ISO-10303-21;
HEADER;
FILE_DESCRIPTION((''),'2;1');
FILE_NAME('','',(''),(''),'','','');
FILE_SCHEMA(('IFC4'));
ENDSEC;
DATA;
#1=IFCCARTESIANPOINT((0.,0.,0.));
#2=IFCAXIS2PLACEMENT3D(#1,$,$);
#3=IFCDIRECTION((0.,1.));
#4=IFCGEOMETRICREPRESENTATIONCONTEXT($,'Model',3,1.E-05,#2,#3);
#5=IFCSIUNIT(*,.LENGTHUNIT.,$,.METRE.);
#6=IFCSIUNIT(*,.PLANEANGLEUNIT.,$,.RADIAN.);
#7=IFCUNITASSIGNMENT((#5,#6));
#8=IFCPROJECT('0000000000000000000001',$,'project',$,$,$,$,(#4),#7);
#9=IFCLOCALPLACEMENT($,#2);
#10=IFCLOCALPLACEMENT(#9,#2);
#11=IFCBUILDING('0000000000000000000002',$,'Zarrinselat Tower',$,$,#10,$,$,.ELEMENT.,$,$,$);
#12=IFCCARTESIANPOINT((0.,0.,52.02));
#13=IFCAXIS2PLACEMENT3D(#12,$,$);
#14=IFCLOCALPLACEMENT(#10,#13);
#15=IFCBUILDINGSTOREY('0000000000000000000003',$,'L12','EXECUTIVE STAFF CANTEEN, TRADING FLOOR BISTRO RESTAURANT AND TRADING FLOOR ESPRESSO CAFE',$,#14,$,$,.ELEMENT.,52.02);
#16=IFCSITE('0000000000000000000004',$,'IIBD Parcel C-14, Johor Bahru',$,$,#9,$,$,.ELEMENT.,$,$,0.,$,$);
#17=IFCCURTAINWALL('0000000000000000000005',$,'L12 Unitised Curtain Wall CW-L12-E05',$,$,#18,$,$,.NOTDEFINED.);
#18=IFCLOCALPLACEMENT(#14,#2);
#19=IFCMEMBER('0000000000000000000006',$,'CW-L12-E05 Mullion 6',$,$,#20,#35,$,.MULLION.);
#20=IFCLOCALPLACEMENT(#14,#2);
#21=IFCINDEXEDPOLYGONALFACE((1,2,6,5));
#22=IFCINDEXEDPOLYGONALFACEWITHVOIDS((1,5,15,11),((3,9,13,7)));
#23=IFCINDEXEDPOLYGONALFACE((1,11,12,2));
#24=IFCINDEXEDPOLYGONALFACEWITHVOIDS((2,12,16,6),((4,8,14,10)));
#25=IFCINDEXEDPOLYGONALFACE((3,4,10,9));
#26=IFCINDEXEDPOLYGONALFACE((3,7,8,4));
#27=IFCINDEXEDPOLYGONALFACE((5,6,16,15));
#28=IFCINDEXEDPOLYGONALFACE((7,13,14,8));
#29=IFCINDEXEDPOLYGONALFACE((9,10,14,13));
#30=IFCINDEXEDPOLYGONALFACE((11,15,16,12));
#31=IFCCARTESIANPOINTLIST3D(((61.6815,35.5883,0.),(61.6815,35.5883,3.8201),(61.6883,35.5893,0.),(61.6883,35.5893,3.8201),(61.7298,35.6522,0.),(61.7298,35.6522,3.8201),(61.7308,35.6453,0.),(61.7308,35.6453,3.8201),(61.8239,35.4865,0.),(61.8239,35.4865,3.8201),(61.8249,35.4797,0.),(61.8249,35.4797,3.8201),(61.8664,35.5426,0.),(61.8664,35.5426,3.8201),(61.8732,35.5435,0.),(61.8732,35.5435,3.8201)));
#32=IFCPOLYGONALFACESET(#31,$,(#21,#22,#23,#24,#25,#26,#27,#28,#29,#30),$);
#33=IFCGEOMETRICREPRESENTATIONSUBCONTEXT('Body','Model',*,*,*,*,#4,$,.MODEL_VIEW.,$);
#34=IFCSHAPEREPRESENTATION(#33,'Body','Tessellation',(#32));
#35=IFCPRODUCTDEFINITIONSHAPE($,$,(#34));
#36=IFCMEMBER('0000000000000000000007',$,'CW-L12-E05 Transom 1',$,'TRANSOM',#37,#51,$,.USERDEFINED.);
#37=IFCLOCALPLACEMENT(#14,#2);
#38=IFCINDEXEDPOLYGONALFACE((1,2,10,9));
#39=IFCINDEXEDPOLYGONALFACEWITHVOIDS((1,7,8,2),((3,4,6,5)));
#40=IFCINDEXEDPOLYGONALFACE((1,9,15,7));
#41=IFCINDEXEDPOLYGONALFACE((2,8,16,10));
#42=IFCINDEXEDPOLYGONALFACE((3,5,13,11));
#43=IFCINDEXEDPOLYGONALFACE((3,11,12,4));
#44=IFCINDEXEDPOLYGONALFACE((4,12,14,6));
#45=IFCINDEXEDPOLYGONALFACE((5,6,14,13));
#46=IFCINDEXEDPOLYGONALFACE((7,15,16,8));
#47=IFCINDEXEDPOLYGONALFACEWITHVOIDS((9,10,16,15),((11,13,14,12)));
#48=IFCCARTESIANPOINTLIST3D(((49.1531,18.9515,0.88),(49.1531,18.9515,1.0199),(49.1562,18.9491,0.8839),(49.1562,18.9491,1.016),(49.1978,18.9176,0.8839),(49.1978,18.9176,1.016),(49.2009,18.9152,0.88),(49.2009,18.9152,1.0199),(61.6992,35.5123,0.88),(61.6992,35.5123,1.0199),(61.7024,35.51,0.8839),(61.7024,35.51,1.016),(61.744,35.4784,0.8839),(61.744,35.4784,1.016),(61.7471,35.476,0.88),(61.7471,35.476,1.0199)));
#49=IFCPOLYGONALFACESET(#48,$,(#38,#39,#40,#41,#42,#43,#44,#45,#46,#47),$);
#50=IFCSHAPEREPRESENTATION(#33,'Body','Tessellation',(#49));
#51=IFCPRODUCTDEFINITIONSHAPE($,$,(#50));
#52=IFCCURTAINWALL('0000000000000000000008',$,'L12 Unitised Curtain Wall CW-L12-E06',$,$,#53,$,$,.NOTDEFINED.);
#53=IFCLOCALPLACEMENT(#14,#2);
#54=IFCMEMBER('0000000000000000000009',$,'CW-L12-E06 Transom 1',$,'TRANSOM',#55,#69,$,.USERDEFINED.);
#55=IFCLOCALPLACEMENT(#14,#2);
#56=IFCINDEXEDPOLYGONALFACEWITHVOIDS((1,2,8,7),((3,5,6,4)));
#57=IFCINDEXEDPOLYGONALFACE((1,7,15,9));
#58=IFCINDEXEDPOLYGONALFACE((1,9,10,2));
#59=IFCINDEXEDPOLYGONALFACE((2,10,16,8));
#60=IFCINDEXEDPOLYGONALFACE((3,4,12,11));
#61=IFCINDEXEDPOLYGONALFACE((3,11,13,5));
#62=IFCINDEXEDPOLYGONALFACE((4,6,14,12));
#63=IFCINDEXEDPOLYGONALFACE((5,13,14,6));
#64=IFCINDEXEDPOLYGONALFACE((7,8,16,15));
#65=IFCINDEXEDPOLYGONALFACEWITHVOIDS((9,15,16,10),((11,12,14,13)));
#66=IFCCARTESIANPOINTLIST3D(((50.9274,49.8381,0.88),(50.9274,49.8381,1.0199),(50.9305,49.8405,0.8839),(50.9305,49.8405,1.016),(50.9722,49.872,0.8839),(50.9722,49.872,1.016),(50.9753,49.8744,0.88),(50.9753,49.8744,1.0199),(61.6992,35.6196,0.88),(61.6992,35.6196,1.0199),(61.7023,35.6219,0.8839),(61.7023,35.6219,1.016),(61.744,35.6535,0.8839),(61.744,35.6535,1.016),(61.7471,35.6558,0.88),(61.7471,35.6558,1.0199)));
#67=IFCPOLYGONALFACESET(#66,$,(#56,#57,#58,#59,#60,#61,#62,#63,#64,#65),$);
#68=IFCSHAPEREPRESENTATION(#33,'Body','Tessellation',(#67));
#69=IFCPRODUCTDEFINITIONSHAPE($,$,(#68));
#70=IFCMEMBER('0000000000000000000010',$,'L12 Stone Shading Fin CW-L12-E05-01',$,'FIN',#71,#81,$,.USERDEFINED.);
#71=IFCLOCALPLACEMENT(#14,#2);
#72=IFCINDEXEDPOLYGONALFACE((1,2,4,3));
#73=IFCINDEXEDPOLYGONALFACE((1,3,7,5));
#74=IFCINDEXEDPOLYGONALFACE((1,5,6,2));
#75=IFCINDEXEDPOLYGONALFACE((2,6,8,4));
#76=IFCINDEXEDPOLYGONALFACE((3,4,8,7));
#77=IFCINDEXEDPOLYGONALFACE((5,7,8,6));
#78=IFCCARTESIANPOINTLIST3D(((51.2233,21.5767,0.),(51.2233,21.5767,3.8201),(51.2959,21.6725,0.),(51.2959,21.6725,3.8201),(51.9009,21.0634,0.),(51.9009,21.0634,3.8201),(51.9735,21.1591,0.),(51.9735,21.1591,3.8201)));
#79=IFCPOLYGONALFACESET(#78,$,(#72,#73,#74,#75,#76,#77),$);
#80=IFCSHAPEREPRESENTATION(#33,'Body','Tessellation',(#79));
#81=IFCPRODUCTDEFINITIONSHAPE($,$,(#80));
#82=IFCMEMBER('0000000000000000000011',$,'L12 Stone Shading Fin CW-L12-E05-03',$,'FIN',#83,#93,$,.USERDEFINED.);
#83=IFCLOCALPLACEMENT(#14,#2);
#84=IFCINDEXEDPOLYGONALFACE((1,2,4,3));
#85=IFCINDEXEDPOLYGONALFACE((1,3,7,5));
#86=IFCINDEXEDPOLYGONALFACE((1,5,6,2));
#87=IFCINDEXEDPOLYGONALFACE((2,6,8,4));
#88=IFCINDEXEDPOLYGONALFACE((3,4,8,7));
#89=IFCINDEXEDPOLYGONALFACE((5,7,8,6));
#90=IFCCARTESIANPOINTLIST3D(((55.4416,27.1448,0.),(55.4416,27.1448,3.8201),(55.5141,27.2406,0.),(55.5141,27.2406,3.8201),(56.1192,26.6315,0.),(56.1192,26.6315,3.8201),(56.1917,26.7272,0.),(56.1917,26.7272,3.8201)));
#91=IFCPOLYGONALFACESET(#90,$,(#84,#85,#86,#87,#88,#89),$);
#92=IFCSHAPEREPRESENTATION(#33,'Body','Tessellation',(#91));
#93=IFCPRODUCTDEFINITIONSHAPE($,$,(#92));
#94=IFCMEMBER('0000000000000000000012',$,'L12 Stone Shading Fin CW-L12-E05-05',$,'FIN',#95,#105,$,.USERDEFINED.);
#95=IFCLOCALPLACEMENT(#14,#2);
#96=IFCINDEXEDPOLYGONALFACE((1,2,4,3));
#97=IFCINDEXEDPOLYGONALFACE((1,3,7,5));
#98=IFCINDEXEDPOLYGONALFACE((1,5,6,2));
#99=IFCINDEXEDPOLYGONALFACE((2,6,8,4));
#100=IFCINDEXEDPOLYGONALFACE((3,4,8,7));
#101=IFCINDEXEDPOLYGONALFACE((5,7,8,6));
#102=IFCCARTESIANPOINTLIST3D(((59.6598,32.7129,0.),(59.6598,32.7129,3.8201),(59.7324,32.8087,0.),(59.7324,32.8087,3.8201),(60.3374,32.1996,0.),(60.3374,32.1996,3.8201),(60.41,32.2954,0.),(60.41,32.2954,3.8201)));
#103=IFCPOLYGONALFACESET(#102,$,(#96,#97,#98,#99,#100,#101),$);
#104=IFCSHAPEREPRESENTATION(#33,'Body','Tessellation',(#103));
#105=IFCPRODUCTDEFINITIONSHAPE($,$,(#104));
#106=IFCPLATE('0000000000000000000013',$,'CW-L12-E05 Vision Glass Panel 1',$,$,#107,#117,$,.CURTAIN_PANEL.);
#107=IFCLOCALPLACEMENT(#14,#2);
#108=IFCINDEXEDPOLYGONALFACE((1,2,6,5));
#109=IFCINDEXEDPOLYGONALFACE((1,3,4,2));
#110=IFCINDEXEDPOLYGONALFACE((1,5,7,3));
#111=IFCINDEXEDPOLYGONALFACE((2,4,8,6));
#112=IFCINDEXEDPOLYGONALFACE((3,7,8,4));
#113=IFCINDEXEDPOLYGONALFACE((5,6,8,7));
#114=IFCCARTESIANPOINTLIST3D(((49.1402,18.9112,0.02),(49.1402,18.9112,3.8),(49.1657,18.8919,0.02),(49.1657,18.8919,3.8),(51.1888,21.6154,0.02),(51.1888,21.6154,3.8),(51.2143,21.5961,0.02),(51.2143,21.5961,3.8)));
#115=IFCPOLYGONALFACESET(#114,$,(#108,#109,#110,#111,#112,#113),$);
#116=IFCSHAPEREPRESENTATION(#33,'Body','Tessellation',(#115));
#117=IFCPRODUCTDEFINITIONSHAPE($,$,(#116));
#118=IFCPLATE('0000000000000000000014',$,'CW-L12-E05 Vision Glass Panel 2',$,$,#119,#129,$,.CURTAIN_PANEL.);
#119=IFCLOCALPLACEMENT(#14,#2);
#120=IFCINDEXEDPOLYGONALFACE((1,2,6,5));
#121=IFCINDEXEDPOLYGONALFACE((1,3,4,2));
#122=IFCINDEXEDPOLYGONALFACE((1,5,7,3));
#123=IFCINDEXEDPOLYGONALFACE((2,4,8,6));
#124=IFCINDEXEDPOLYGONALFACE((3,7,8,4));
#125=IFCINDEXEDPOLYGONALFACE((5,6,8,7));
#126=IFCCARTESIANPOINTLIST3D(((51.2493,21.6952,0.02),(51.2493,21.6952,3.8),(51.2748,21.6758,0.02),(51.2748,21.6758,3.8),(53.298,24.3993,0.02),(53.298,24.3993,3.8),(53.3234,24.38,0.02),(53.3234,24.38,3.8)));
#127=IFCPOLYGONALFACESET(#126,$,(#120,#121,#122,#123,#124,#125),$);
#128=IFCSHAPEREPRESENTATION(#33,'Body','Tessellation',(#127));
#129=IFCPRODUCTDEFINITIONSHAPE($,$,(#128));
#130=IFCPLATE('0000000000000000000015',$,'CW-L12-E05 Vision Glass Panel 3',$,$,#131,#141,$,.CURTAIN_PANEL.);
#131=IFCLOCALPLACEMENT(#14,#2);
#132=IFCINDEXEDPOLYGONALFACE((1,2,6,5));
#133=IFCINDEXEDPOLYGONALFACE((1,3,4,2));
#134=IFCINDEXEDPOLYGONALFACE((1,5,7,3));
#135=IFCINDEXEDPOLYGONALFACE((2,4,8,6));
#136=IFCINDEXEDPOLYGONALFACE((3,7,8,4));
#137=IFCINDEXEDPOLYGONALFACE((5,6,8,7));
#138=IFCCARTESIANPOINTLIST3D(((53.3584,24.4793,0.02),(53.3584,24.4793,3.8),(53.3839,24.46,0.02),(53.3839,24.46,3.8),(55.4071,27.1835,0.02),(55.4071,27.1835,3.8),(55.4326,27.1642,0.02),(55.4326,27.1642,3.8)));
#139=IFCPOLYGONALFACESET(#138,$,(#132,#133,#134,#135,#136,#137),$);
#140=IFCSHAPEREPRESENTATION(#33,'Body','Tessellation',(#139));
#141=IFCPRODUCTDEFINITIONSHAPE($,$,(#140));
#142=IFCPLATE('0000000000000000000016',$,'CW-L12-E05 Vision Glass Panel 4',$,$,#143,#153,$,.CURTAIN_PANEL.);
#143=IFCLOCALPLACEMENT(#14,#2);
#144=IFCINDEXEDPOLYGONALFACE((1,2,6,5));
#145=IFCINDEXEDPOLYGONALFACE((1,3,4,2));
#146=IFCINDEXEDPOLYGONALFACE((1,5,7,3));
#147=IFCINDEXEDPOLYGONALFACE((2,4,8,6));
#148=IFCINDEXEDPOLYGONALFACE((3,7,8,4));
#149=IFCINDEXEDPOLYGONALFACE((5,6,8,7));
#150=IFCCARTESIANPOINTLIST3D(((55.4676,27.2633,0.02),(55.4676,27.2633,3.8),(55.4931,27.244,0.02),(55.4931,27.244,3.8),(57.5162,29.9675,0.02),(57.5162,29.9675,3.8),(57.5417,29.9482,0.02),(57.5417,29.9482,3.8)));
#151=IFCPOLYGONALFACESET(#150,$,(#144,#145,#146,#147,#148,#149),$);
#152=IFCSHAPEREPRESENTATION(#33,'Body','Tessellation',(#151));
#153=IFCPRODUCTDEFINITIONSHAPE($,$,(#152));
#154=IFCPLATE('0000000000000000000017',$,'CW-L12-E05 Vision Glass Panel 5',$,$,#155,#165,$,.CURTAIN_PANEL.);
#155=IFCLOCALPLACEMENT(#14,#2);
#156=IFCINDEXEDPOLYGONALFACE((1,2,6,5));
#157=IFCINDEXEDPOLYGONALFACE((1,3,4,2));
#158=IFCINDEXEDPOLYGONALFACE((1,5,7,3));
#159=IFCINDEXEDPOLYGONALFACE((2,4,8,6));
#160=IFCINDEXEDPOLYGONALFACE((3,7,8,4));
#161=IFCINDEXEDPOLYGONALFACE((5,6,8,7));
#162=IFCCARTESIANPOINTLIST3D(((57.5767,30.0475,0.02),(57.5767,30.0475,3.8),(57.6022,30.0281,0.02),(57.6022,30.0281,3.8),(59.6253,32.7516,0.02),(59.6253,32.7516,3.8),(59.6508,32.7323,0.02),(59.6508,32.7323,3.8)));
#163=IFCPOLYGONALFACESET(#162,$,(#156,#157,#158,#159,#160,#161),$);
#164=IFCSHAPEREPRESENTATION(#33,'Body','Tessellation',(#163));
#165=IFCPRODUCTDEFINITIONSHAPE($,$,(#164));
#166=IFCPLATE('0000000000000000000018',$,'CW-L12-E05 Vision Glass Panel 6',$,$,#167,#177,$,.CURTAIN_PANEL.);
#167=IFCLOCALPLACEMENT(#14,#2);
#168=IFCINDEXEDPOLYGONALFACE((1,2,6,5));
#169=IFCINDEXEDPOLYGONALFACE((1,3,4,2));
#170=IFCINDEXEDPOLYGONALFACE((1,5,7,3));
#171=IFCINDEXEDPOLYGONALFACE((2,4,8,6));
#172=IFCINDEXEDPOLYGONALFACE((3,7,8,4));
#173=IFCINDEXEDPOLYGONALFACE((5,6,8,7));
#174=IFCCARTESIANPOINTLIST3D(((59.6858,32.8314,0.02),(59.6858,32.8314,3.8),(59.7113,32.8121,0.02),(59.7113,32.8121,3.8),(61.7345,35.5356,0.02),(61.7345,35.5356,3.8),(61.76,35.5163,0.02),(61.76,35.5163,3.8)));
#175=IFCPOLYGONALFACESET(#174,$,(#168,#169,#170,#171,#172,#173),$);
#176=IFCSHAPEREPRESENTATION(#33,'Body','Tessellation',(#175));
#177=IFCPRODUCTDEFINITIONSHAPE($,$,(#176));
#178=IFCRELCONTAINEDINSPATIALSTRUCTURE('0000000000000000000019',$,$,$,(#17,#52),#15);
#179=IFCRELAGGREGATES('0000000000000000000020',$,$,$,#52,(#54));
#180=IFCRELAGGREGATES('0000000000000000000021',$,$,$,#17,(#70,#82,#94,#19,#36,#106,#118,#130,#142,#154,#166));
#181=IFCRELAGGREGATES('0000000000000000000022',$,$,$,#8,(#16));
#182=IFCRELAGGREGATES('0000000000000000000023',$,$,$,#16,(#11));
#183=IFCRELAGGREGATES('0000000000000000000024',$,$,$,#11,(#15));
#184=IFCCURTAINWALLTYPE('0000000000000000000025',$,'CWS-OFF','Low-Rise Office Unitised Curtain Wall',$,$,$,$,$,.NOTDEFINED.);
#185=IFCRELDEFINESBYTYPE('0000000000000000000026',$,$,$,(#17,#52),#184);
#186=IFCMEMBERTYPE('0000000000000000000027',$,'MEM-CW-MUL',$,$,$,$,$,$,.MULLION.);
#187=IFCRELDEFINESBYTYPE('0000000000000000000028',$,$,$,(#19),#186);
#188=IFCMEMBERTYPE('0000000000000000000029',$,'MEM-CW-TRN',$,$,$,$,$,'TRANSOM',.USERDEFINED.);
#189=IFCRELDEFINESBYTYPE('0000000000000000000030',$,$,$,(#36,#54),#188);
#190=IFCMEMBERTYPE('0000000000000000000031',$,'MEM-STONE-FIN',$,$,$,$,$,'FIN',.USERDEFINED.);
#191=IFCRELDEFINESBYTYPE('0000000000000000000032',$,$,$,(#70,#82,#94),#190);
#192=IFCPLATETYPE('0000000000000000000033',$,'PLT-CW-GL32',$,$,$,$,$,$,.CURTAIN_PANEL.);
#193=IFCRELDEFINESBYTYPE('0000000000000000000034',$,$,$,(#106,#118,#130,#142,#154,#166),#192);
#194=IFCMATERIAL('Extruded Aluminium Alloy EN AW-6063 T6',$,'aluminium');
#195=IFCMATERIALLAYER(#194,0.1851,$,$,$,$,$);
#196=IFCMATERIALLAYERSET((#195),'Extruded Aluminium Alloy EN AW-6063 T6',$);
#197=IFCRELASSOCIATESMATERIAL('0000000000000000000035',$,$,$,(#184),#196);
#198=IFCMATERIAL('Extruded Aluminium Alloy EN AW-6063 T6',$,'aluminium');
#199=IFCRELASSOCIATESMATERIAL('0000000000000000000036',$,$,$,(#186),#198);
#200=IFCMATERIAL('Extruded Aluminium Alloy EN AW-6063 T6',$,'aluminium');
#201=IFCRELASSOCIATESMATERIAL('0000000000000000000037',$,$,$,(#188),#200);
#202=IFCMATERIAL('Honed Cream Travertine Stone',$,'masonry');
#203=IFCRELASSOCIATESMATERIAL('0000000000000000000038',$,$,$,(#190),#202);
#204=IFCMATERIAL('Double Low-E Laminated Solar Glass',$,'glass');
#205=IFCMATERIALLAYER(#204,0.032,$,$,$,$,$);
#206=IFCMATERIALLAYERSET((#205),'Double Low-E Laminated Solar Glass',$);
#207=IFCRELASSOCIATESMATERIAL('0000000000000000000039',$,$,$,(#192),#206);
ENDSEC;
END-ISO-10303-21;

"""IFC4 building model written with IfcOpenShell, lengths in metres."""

from ifc_helpers import new_model, si_unit, direction, frame, origin, origin_2d, place, context, subcontext, project, spatial, rectangle, hollow_rectangle, extrude, material, layer, layer_set, material_profile, profile_set, type_object, element, aggregate, save


model = new_model("IFC4")

# Units and contexts
model_context = context("Model", 3, precision=1e-05, world=origin(), true_north=direction((0.0, 1.0)))
body_context = subcontext(model_context, "Body", "Model", "MODEL_VIEW")
ifc_project = project(units=[si_unit("LENGTHUNIT", "METRE"), si_unit("PLANEANGLEUNIT", "RADIAN")], contexts=[model_context])

# Site, building, storey
site_placement = place(None, origin())
site = spatial("IfcSite", under=ifc_project, at=site_placement, Name="IIBD Parcel C-14, Johor Bahru", CompositionType="ELEMENT", RefElevation=0.0)
building_placement = place(site_placement, origin())
building = spatial("IfcBuilding", under=site, at=building_placement, Name="Zarrinselat Tower", CompositionType="ELEMENT")
storey_placement = place(building_placement, frame((0.0, 0.0, 52.02)))
storey = spatial("IfcBuildingStorey", under=building, at=storey_placement, Name="L12", Description="EXECUTIVE STAFF CANTEEN, TRADING FLOOR BISTRO RESTAURANT AND TRADING FLOOR ESPRESSO CAFE", CompositionType="ELEMENT", Elevation=52.02)

# Shared definitions
ifc_material_1 = material(Name="Extruded Aluminium Alloy EN AW-6063 T6", Category="aluminium")
ifc_layer_1 = layer(ifc_material_1, 0.1851)
ifc_layer_set_1 = layer_set([ifc_layer_1], Name="Extruded Aluminium Alloy EN AW-6063 T6")
curtain_wall_type = type_object("IfcCurtainWallType", Name="CWS-OFF", Description="Low-Rise Office Unitised Curtain Wall", PredefinedType="NOTDEFINED", material=ifc_layer_set_1)
ifc_material_2 = material(Name="Extruded Aluminium Alloy EN AW-6063 T6", Category="aluminium")
ifc_material_profile_1 = material_profile(ifc_material_2, hollow_rectangle(XDim=0.0801, YDim=0.1799, WallThickness=0.0049, at=origin_2d()), Name="RHS 180x80x5")
ifc_profile_set_1 = profile_set([ifc_material_profile_1], Name="Extruded Aluminium Alloy EN AW-6063 T6")
member_type_1 = type_object("IfcMemberType", Name="MEM-CW-MUL", PredefinedType="MULLION", material=ifc_profile_set_1)

# Curtain wall, members
curtain_wall_1_placement = place(storey_placement, origin())
curtain_wall_1 = element("IfcCurtainWall", 1, at=curtain_wall_1_placement, inside=storey, type_object=curtain_wall_type, Name="L12 Unitised Curtain Wall CW-L12-E05", PredefinedType="NOTDEFINED")
member_1_placement = place(storey_placement, frame((61.7773, 35.5659, 0.0), z_axis=(0.0, 0.0, 1.0), x_axis=(0.603861, 0.79709, 0.0)))
member_1 = element("IfcMember", 2, at=member_1_placement, type_object=member_type_1, Name="CW-L12-E05 Mullion 6", PredefinedType="MULLION", context=body_context, shape_type="SweptSolid", body=[
    extrude(hollow_rectangle(XDim=0.0801, YDim=0.1799, WallThickness=0.0049, at=origin_2d()), origin(), (0.0, 0.0, 1.0), 3.8201),
])
ifc_material_3 = material(Name="Extruded Aluminium Alloy EN AW-6063 T6", Category="aluminium")
ifc_material_profile_2 = material_profile(ifc_material_3, hollow_rectangle(XDim=0.0601, YDim=0.1399, WallThickness=0.0039, at=origin_2d()), Name="RHS 140x60x4")
ifc_profile_set_2 = profile_set([ifc_material_profile_2], Name="Extruded Aluminium Alloy EN AW-6063 T6")
member_type_2 = type_object("IfcMemberType", Name="MEM-CW-TRN", ElementType="TRANSOM", PredefinedType="USERDEFINED", material=ifc_profile_set_2)
member_2_placement = place(storey_placement, frame((49.177, 18.9333, 0.95), z_axis=(0.60386, 0.79709, 0.0), x_axis=(-0.79709, 0.60386, 0.0)))
member_2 = element("IfcMember", 3, at=member_2_placement, type_object=member_type_2, Name="CW-L12-E05 Transom 1", ObjectType="TRANSOM", PredefinedType="USERDEFINED", context=body_context, shape_type="SweptSolid", body=[
    extrude(hollow_rectangle(XDim=0.0601, YDim=0.1399, WallThickness=0.0039, at=origin_2d()), origin(), (0.0, 0.0, 1.0), 20.7766),
])

# Curtain wall, member
curtain_wall_2_placement = place(storey_placement, origin())
curtain_wall_2 = element("IfcCurtainWall", 4, at=curtain_wall_2_placement, inside=storey, type_object=curtain_wall_type, Name="L12 Unitised Curtain Wall CW-L12-E06", PredefinedType="NOTDEFINED")
member_3_placement = place(storey_placement, frame((61.7231, 35.6377, 0.95), z_axis=(-0.603862, 0.797089, 0.0), x_axis=(-0.797089, -0.603862, 0.0)))
member_3 = element("IfcMember", 5, at=member_3_placement, type_object=member_type_2, Name="CW-L12-E06 Transom 1", ObjectType="TRANSOM", PredefinedType="USERDEFINED", context=body_context, shape_type="SweptSolid", body=[
    extrude(hollow_rectangle(XDim=0.0601, YDim=0.1399, WallThickness=0.0039, at=origin_2d()), origin(), (0.0, 0.0, 1.0), 17.8381),
])
aggregate(curtain_wall_2, [member_3])

# Members
ifc_material_4 = material(Name="Honed Cream Travertine Stone", Category="masonry")
ifc_material_profile_3 = material_profile(ifc_material_4, rectangle(XDim=0.1201, YDim=0.8501, at=origin_2d()), Name="FIN 850x120")
ifc_profile_set_3 = profile_set([ifc_material_profile_3], Name="Honed Cream Travertine Stone")
member_type_3 = type_object("IfcMemberType", Name="MEM-STONE-FIN", ElementType="FIN", PredefinedType="USERDEFINED", material=ifc_profile_set_3)
member_4_placement = place(storey_placement, frame((51.5984, 21.3679, 0.0), z_axis=(0.0, 0.0, 1.0), x_axis=(-0.603861, -0.79709, 0.0)))
member_4 = element("IfcMember", 6, at=member_4_placement, type_object=member_type_3, Name="L12 Stone Shading Fin CW-L12-E05-01", ObjectType="FIN", PredefinedType="USERDEFINED", context=body_context, shape_type="SweptSolid", body=[
    extrude(rectangle(XDim=0.1201, YDim=0.8501, at=origin_2d()), origin(), (0.0, 0.0, 1.0), 3.8201),
])
member_5_placement = place(storey_placement, frame((55.8167, 26.936, 0.0), z_axis=(0.0, 0.0, 1.0), x_axis=(-0.603861, -0.79709, 0.0)))
member_5 = element("IfcMember", 7, at=member_5_placement, type_object=member_type_3, Name="L12 Stone Shading Fin CW-L12-E05-03", ObjectType="FIN", PredefinedType="USERDEFINED", context=body_context, shape_type="SweptSolid", body=[
    extrude(rectangle(XDim=0.1201, YDim=0.8501, at=origin_2d()), origin(), (0.0, 0.0, 1.0), 3.8201),
])
member_6_placement = place(storey_placement, frame((60.0349, 32.5042, 0.0), z_axis=(0.0, 0.0, 1.0), x_axis=(-0.603861, -0.79709, 0.0)))
member_6 = element("IfcMember", 8, at=member_6_placement, type_object=member_type_3, Name="L12 Stone Shading Fin CW-L12-E05-05", ObjectType="FIN", PredefinedType="USERDEFINED", context=body_context, shape_type="SweptSolid", body=[
    extrude(rectangle(XDim=0.1201, YDim=0.8501, at=origin_2d()), origin(), (0.0, 0.0, 1.0), 3.8201),
])

# Plates
ifc_material_5 = material(Name="Double Low-E Laminated Solar Glass", Category="glass")
ifc_layer_2 = layer(ifc_material_5, 0.032)
ifc_layer_set_2 = layer_set([ifc_layer_2], Name="Double Low-E Laminated Solar Glass")
plate_type = type_object("IfcPlateType", Name="PLT-CW-GL32", PredefinedType="CURTAIN_PANEL", material=ifc_layer_set_2)
plate_1_placement = place(storey_placement, frame((50.1772, 20.2537, 0.02), z_axis=(0.0, 0.0, 1.0), x_axis=(0.603861, 0.79709, 0.0)))
plate_1 = element("IfcPlate", 9, at=plate_1_placement, type_object=plate_type, Name="CW-L12-E05 Vision Glass Panel 1", PredefinedType="CURTAIN_PANEL", context=body_context, shape_type="SweptSolid", body=[
    extrude(rectangle(XDim=3.3926, YDim=0.032, at=origin_2d()), origin(), (0.0, 0.0, 1.0), 3.78),
])
plate_2_placement = place(storey_placement, frame((52.2864, 23.0376, 0.02), z_axis=(0.0, 0.0, 1.0), x_axis=(0.603861, 0.79709, 0.0)))
plate_2 = element("IfcPlate", 10, at=plate_2_placement, type_object=plate_type, Name="CW-L12-E05 Vision Glass Panel 2", PredefinedType="CURTAIN_PANEL", context=body_context, shape_type="SweptSolid", body=[
    extrude(rectangle(XDim=3.3926, YDim=0.032, at=origin_2d()), origin(), (0.0, 0.0, 1.0), 3.78),
])
plate_3_placement = place(storey_placement, frame((54.3955, 25.8218, 0.02), z_axis=(0.0, 0.0, 1.0), x_axis=(0.603861, 0.79709, 0.0)))
plate_3 = element("IfcPlate", 11, at=plate_3_placement, type_object=plate_type, Name="CW-L12-E05 Vision Glass Panel 3", PredefinedType="CURTAIN_PANEL", context=body_context, shape_type="SweptSolid", body=[
    extrude(rectangle(XDim=3.3926, YDim=0.032, at=origin_2d()), origin(), (0.0, 0.0, 1.0), 3.78),
])
plate_4_placement = place(storey_placement, frame((56.5046, 28.6057, 0.02), z_axis=(0.0, 0.0, 1.0), x_axis=(0.603861, 0.79709, 0.0)))
plate_4 = element("IfcPlate", 12, at=plate_4_placement, type_object=plate_type, Name="CW-L12-E05 Vision Glass Panel 4", PredefinedType="CURTAIN_PANEL", context=body_context, shape_type="SweptSolid", body=[
    extrude(rectangle(XDim=3.3926, YDim=0.032, at=origin_2d()), origin(), (0.0, 0.0, 1.0), 3.78),
])
plate_5_placement = place(storey_placement, frame((58.6138, 31.3899, 0.02), z_axis=(0.0, 0.0, 1.0), x_axis=(0.603861, 0.79709, 0.0)))
plate_5 = element("IfcPlate", 13, at=plate_5_placement, type_object=plate_type, Name="CW-L12-E05 Vision Glass Panel 5", PredefinedType="CURTAIN_PANEL", context=body_context, shape_type="SweptSolid", body=[
    extrude(rectangle(XDim=3.3926, YDim=0.032, at=origin_2d()), origin(), (0.0, 0.0, 1.0), 3.78),
])
plate_6_placement = place(storey_placement, frame((60.7229, 34.1738, 0.02), z_axis=(0.0, 0.0, 1.0), x_axis=(0.603861, 0.79709, 0.0)))
plate_6 = element("IfcPlate", 14, at=plate_6_placement, type_object=plate_type, Name="CW-L12-E05 Vision Glass Panel 6", PredefinedType="CURTAIN_PANEL", context=body_context, shape_type="SweptSolid", body=[
    extrude(rectangle(XDim=3.3926, YDim=0.032, at=origin_2d()), origin(), (0.0, 0.0, 1.0), 3.78),
])
aggregate(curtain_wall_1, [member_4, member_5, member_6, member_1, member_2, plate_1, plate_2, plate_3, plate_4, plate_5, plate_6])

save(model, "model.ifc")
